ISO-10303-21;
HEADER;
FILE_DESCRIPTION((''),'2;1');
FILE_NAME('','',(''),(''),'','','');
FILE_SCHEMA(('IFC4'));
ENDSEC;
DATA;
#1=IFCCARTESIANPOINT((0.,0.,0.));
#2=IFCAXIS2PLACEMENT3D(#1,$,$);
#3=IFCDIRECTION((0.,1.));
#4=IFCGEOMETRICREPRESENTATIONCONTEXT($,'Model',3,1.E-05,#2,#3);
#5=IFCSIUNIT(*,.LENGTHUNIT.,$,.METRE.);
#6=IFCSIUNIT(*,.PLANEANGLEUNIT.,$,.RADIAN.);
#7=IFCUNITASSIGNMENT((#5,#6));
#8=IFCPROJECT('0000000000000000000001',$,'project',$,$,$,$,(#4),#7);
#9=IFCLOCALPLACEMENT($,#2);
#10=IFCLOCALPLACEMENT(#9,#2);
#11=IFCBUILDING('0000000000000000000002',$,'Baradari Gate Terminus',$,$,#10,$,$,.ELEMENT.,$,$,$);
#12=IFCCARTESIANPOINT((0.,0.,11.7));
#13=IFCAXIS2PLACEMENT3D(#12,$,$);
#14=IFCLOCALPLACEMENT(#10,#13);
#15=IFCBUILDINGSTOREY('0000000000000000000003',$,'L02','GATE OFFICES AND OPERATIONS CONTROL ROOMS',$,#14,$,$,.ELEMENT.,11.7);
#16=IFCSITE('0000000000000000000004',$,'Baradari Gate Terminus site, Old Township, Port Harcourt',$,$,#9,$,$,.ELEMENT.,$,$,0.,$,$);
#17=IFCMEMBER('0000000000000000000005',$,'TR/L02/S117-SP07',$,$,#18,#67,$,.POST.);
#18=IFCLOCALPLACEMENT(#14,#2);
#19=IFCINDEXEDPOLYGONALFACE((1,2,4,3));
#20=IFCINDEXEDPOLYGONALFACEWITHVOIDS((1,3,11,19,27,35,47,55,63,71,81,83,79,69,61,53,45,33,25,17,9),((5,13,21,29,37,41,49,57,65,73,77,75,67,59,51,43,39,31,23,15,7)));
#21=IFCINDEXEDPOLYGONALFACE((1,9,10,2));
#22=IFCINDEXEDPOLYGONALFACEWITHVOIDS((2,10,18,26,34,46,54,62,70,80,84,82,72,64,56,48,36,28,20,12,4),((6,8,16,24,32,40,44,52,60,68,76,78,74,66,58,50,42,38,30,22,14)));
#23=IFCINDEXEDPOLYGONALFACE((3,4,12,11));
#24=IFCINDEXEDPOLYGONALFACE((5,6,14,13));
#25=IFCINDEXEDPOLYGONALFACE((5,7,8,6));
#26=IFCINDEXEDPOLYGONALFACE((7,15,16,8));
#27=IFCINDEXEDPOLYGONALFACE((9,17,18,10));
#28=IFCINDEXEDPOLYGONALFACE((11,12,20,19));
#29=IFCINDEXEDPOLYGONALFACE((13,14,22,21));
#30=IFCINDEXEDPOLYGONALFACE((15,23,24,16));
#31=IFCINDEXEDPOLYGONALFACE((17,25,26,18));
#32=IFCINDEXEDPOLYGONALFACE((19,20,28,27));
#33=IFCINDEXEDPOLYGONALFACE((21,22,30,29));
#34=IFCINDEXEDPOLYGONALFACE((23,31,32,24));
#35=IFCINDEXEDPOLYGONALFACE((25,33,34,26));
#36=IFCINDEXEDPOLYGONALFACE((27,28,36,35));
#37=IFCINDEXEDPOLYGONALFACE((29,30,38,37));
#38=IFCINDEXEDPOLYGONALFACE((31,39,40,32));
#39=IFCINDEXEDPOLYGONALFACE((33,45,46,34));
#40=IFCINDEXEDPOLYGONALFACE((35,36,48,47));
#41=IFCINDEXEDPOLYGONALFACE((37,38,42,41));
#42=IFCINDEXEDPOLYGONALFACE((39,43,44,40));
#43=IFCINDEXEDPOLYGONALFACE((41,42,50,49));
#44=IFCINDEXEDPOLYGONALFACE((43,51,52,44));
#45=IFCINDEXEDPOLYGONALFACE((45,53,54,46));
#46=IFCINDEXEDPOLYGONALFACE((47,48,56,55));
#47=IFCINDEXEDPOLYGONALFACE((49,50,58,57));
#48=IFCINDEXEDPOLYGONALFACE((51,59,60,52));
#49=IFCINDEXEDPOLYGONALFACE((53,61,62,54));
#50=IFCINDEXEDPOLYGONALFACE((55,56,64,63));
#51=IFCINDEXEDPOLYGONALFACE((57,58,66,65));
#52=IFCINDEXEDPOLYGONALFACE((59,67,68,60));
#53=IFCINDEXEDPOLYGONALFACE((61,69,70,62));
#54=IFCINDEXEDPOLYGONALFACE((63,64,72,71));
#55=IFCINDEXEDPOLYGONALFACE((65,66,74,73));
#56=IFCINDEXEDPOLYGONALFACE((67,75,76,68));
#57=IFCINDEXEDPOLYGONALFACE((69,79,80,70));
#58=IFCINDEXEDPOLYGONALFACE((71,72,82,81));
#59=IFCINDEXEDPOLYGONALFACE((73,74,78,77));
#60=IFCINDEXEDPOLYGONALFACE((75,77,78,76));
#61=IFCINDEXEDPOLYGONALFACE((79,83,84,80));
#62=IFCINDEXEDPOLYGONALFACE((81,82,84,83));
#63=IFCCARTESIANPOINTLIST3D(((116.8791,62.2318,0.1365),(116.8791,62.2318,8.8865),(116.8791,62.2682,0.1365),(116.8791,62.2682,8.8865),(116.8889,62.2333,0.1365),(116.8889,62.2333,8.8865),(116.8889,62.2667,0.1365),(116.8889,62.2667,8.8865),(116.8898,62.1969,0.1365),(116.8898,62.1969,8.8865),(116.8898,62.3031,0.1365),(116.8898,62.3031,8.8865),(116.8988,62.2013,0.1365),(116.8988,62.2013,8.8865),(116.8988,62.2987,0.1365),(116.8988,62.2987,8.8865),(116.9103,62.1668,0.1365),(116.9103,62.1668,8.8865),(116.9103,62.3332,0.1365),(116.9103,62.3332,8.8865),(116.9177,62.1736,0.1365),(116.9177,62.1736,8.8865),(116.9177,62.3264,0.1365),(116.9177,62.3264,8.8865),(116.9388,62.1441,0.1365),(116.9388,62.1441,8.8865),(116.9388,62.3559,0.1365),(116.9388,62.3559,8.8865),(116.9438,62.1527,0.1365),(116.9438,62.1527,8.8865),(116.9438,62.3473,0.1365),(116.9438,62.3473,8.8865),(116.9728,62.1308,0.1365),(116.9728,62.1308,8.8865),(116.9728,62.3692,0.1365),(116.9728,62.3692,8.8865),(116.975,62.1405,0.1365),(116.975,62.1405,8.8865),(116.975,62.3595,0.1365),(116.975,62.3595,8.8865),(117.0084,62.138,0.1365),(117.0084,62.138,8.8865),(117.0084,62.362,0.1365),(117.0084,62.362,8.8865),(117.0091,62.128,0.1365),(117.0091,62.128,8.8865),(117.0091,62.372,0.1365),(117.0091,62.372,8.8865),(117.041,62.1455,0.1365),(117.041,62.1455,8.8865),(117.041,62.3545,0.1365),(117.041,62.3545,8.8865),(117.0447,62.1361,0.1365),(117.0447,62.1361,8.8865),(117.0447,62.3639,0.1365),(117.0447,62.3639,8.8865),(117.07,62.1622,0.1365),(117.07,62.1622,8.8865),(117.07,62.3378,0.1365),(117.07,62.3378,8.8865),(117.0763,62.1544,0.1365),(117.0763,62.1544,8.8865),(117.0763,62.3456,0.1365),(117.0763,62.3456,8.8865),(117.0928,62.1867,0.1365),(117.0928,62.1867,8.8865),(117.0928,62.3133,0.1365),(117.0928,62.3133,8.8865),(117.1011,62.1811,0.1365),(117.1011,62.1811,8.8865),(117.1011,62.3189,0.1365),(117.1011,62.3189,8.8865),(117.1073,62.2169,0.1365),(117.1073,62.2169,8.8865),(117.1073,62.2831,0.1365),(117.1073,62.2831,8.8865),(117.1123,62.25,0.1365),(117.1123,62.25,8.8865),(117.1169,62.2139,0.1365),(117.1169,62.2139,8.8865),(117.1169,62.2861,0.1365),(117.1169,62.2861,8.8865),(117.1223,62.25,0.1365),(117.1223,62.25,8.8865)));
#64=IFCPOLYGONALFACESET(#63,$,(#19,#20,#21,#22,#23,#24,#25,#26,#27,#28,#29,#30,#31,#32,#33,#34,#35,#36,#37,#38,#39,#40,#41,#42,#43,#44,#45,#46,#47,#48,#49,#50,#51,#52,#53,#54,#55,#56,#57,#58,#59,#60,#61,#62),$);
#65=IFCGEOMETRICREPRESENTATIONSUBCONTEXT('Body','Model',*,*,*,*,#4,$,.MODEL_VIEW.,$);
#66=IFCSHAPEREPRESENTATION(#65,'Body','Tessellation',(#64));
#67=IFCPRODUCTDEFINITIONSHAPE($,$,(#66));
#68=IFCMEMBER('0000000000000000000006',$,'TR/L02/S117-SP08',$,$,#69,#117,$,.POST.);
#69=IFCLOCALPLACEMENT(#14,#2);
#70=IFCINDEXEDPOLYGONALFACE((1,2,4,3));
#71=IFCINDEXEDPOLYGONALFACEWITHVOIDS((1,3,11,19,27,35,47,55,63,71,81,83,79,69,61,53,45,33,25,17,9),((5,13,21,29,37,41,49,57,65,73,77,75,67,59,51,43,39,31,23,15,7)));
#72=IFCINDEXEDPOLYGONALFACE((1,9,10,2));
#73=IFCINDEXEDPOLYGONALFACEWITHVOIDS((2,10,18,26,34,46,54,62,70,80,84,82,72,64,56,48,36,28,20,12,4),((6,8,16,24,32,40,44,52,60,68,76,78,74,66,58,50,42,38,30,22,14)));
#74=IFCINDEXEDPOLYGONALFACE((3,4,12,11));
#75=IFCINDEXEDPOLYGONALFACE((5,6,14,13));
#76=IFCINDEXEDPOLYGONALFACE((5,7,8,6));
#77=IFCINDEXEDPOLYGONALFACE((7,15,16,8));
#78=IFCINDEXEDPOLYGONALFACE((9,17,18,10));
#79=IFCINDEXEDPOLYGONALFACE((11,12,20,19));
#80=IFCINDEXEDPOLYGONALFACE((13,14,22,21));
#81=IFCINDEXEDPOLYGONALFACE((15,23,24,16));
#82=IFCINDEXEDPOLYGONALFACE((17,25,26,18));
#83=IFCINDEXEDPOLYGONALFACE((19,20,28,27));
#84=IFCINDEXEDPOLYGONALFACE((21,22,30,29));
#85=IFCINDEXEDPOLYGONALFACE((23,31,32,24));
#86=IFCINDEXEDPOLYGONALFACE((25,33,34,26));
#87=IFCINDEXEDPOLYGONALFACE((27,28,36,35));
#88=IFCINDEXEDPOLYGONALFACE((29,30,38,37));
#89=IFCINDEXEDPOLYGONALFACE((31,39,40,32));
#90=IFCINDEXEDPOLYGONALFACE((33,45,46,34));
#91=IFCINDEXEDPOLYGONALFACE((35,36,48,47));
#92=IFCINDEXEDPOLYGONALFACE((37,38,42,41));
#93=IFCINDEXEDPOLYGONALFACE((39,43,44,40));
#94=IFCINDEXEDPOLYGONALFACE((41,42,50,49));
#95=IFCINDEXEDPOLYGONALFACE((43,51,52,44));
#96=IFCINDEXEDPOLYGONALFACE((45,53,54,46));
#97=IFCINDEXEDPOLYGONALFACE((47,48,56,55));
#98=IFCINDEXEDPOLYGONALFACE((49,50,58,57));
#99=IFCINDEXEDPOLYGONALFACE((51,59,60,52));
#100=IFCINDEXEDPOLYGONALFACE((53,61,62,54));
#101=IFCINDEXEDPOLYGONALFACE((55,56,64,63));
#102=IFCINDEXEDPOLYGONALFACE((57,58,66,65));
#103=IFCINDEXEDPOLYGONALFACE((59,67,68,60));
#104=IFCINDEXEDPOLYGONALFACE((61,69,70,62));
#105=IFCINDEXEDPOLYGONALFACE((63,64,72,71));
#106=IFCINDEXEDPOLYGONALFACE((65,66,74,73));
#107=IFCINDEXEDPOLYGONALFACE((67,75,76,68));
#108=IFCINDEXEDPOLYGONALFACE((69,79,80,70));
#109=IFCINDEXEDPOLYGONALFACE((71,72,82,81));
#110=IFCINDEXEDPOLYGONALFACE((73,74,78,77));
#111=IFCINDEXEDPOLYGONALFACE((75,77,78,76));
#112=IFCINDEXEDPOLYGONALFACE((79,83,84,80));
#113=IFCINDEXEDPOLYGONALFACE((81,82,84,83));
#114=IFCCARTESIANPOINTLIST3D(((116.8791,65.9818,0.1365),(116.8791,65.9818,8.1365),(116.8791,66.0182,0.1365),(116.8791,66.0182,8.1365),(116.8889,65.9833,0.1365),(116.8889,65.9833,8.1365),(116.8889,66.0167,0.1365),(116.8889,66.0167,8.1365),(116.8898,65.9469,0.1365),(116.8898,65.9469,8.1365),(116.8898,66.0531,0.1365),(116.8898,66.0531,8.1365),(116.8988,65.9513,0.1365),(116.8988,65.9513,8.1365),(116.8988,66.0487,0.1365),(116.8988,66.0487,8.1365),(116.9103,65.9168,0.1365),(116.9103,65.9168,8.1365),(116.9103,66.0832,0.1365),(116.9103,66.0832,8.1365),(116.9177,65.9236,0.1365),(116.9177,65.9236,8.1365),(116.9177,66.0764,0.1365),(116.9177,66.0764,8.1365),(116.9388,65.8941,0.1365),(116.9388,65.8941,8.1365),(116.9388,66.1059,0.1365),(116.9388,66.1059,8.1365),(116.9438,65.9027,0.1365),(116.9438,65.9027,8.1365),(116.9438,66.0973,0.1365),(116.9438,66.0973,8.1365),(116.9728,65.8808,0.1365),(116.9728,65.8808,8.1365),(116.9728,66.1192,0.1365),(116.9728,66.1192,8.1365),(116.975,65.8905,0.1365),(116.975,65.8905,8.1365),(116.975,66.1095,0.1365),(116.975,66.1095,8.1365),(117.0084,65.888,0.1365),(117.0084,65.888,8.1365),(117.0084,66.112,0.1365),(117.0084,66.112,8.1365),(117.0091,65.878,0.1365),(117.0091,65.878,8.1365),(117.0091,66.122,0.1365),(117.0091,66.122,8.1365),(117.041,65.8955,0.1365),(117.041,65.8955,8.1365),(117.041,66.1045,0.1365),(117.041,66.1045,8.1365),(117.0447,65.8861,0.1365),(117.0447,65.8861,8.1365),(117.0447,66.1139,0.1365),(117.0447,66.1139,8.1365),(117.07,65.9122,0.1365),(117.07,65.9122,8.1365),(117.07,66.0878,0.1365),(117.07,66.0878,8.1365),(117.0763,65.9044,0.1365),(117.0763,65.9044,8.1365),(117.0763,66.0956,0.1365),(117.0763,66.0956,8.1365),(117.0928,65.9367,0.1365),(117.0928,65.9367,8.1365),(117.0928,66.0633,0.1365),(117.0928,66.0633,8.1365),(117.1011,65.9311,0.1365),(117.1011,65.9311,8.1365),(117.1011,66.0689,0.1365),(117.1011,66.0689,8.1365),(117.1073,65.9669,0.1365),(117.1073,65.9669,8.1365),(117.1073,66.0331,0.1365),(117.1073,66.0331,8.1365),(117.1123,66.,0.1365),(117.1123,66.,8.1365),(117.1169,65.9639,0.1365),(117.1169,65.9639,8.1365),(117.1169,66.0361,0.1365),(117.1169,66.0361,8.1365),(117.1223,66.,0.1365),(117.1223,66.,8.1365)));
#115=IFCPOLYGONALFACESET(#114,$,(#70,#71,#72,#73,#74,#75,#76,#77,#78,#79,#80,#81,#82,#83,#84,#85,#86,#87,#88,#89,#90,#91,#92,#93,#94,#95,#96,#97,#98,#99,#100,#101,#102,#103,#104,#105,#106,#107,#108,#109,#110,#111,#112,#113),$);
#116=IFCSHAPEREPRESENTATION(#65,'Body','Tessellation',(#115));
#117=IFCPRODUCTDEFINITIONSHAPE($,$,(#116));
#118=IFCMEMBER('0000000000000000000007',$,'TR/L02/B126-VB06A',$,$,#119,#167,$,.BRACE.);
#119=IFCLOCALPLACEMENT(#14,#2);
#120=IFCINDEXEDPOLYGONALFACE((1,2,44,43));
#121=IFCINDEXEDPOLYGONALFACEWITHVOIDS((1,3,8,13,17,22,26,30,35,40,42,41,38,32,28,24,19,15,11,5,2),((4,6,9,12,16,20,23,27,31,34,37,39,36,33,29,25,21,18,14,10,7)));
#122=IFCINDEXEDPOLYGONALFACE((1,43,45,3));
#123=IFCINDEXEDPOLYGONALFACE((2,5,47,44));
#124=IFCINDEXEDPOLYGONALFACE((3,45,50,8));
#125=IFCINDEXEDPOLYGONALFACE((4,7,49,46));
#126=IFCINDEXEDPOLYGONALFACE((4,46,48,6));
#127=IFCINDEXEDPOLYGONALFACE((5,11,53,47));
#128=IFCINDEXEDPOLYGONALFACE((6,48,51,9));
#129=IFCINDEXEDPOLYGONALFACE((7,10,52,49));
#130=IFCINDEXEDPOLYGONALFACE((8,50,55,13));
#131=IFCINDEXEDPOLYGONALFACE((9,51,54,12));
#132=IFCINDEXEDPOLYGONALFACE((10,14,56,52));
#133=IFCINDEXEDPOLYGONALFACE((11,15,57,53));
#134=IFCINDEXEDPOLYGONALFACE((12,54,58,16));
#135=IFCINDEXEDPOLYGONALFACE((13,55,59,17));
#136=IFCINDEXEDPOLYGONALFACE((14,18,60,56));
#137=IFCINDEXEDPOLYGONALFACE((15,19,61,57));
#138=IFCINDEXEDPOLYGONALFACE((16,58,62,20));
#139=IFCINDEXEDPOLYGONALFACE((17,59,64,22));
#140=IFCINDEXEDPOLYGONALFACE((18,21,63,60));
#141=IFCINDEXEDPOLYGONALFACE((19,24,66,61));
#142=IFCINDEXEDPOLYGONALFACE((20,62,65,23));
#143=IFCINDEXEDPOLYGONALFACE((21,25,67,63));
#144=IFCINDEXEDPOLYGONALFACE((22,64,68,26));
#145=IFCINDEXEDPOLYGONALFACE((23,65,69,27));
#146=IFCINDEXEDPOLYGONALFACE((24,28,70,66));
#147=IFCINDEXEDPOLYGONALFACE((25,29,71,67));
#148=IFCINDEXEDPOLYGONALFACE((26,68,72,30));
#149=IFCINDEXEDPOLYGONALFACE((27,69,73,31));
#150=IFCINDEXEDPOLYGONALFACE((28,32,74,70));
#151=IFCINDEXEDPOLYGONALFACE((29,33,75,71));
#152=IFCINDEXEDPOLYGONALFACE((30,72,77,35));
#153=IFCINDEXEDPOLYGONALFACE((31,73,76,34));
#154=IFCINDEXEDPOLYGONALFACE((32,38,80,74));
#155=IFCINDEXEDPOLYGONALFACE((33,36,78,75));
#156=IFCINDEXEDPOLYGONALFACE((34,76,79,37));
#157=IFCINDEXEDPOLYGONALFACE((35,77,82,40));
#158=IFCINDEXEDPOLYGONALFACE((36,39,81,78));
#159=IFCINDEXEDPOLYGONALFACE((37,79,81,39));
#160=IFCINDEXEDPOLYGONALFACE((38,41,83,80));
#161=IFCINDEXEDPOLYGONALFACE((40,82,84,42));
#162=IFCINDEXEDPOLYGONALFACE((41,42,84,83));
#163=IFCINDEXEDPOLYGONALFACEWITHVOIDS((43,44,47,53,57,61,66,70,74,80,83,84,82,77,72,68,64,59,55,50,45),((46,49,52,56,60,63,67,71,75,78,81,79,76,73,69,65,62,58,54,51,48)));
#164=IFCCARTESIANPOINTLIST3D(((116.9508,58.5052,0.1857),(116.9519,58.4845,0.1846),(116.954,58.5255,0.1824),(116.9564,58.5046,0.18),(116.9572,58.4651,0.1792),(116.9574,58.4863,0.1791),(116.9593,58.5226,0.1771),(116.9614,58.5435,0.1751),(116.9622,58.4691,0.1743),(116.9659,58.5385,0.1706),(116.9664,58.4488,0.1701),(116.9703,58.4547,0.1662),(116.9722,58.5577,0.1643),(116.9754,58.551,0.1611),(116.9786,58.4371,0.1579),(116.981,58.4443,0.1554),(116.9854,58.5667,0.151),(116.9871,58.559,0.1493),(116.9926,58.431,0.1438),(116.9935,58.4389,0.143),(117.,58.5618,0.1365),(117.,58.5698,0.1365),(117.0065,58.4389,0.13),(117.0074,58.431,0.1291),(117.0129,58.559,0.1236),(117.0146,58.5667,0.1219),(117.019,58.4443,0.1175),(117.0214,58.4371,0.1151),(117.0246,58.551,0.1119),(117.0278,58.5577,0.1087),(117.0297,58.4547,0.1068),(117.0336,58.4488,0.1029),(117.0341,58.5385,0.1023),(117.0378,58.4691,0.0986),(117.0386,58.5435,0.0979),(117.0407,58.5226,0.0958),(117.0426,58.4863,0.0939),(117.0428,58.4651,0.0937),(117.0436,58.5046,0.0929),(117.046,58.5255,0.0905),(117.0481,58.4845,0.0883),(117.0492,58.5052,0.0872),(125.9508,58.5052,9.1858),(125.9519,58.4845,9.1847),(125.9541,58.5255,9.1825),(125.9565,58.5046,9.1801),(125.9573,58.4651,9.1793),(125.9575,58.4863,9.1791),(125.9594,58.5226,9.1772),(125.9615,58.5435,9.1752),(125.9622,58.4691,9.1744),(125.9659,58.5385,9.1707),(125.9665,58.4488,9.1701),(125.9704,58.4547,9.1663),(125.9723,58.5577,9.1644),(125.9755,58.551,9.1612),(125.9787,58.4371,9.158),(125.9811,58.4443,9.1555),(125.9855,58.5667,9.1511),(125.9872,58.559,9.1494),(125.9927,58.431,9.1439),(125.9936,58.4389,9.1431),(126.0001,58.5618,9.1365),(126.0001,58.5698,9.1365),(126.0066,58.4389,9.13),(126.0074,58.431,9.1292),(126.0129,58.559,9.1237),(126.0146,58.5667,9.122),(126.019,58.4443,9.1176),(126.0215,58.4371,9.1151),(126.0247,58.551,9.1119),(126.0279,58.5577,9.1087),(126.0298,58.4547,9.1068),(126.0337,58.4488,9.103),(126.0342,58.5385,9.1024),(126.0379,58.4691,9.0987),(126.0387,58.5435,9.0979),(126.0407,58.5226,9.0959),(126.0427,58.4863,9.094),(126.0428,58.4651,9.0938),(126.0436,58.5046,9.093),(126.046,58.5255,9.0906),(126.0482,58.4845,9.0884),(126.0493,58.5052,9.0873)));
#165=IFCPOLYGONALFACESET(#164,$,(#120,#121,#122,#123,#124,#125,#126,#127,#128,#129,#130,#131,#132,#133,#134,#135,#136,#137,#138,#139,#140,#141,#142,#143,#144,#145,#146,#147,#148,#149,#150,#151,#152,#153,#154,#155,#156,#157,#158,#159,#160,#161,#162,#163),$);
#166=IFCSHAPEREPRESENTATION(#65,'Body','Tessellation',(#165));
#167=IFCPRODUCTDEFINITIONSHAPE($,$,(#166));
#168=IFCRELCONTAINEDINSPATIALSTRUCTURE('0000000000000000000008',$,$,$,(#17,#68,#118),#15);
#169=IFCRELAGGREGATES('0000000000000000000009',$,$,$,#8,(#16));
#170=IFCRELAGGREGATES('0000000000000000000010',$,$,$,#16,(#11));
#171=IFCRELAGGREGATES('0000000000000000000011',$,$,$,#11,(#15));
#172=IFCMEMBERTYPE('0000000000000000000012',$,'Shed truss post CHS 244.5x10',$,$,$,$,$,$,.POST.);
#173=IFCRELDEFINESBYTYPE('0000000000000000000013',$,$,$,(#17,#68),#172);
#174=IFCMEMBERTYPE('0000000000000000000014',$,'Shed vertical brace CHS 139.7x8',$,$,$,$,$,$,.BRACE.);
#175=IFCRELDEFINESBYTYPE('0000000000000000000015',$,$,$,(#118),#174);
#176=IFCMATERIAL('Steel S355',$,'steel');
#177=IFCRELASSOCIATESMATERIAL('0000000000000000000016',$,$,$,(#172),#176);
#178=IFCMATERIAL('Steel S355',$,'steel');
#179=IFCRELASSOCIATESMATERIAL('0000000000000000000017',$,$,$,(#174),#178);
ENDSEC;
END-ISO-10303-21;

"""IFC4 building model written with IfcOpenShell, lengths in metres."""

from ifc_helpers import new_model, si_unit, direction, frame, origin, origin_2d, place, context, subcontext, project, spatial, hollow_circle, extrude, material, material_profile, profile_set, type_object, element, save


model = new_model("IFC4")

# Units and contexts
model_context = context("Model", 3, precision=1e-05, world=origin(), true_north=direction((0.0, 1.0)))
body_context = subcontext(model_context, "Body", "Model", "MODEL_VIEW")
ifc_project = project(units=[si_unit("LENGTHUNIT", "METRE"), si_unit("PLANEANGLEUNIT", "RADIAN")], contexts=[model_context])

# Site, building, storey
site_placement = place(None, origin())
site = spatial("IfcSite", under=ifc_project, at=site_placement, Name="Baradari Gate Terminus site, Old Township, Port Harcourt", CompositionType="ELEMENT", RefElevation=0.0)
building_placement = place(site_placement, origin())
building = spatial("IfcBuilding", under=site, at=building_placement, Name="Baradari Gate Terminus", CompositionType="ELEMENT")
storey_placement = place(building_placement, frame((0.0, 0.0, 11.7)))
storey = spatial("IfcBuildingStorey", under=building, at=storey_placement, Name="L02", Description="GATE OFFICES AND OPERATIONS CONTROL ROOMS", CompositionType="ELEMENT", Elevation=11.7)

# Members
ifc_material_1 = material(Name="Steel S355", Category="steel")
ifc_material_profile_1 = material_profile(ifc_material_1, hollow_circle(Radius=0.1223, WallThickness=0.01, at=origin_2d()), Name="CHS 244.5x10")
ifc_profile_set_1 = profile_set([ifc_material_profile_1], Name="Steel S355")
member_type_1 = type_object("IfcMemberType", Name="Shed truss post CHS 244.5x10", PredefinedType="POST", material=ifc_profile_set_1)
member_1_placement = place(storey_placement, frame((117.0, 62.25, 0.1365), z_axis=(0.0, 0.0, 1.0), x_axis=(1.0, 0.0, 0.0)))
element("IfcMember", 1, at=member_1_placement, inside=storey, type_object=member_type_1, Name="TR/L02/S117-SP07", PredefinedType="POST", context=body_context, shape_type="SweptSolid", body=[
    extrude(hollow_circle(Radius=0.1223, WallThickness=0.01, at=origin_2d()), origin(), (0.0, 0.0, 1.0), 8.75),
])
member_2_placement = place(storey_placement, frame((117.0, 66.0, 0.1365), z_axis=(0.0, 0.0, 1.0), x_axis=(1.0, 0.0, 0.0)))
element("IfcMember", 2, at=member_2_placement, inside=storey, type_object=member_type_1, Name="TR/L02/S117-SP08", PredefinedType="POST", context=body_context, shape_type="SweptSolid", body=[
    extrude(hollow_circle(Radius=0.1223, WallThickness=0.01, at=origin_2d()), origin(), (0.0, 0.0, 1.0), 8.0),
])
ifc_material_2 = material(Name="Steel S355", Category="steel")
ifc_material_profile_2 = material_profile(ifc_material_2, hollow_circle(Radius=0.0698, WallThickness=0.0081, at=origin_2d()), Name="CHS 139.7x8")
ifc_profile_set_2 = profile_set([ifc_material_profile_2], Name="Steel S355")
member_type_2 = type_object("IfcMemberType", Name="Shed vertical brace CHS 139.7x8", PredefinedType="BRACE", material=ifc_profile_set_2)
for number, where, z_axis, x_axis, name in (
    (3, (117.0, 58.5, 0.1365), (0.707107, 0.0, 0.707107), (0.0, 1.0, 0.0), "TR/L02/B126-VB06A"),
):
    element("IfcMember", number, at=place(storey_placement, frame(where, z_axis=z_axis, x_axis=x_axis)), inside=storey, type_object=member_type_2, Name=name, PredefinedType="BRACE", context=body_context, shape_type="SweptSolid", body=[
        extrude(hollow_circle(Radius=0.0698, WallThickness=0.0081, at=origin_2d()), origin(), (0.0, 0.0, 1.0), 12.728),
    ])

save(model, "model.ifc")
